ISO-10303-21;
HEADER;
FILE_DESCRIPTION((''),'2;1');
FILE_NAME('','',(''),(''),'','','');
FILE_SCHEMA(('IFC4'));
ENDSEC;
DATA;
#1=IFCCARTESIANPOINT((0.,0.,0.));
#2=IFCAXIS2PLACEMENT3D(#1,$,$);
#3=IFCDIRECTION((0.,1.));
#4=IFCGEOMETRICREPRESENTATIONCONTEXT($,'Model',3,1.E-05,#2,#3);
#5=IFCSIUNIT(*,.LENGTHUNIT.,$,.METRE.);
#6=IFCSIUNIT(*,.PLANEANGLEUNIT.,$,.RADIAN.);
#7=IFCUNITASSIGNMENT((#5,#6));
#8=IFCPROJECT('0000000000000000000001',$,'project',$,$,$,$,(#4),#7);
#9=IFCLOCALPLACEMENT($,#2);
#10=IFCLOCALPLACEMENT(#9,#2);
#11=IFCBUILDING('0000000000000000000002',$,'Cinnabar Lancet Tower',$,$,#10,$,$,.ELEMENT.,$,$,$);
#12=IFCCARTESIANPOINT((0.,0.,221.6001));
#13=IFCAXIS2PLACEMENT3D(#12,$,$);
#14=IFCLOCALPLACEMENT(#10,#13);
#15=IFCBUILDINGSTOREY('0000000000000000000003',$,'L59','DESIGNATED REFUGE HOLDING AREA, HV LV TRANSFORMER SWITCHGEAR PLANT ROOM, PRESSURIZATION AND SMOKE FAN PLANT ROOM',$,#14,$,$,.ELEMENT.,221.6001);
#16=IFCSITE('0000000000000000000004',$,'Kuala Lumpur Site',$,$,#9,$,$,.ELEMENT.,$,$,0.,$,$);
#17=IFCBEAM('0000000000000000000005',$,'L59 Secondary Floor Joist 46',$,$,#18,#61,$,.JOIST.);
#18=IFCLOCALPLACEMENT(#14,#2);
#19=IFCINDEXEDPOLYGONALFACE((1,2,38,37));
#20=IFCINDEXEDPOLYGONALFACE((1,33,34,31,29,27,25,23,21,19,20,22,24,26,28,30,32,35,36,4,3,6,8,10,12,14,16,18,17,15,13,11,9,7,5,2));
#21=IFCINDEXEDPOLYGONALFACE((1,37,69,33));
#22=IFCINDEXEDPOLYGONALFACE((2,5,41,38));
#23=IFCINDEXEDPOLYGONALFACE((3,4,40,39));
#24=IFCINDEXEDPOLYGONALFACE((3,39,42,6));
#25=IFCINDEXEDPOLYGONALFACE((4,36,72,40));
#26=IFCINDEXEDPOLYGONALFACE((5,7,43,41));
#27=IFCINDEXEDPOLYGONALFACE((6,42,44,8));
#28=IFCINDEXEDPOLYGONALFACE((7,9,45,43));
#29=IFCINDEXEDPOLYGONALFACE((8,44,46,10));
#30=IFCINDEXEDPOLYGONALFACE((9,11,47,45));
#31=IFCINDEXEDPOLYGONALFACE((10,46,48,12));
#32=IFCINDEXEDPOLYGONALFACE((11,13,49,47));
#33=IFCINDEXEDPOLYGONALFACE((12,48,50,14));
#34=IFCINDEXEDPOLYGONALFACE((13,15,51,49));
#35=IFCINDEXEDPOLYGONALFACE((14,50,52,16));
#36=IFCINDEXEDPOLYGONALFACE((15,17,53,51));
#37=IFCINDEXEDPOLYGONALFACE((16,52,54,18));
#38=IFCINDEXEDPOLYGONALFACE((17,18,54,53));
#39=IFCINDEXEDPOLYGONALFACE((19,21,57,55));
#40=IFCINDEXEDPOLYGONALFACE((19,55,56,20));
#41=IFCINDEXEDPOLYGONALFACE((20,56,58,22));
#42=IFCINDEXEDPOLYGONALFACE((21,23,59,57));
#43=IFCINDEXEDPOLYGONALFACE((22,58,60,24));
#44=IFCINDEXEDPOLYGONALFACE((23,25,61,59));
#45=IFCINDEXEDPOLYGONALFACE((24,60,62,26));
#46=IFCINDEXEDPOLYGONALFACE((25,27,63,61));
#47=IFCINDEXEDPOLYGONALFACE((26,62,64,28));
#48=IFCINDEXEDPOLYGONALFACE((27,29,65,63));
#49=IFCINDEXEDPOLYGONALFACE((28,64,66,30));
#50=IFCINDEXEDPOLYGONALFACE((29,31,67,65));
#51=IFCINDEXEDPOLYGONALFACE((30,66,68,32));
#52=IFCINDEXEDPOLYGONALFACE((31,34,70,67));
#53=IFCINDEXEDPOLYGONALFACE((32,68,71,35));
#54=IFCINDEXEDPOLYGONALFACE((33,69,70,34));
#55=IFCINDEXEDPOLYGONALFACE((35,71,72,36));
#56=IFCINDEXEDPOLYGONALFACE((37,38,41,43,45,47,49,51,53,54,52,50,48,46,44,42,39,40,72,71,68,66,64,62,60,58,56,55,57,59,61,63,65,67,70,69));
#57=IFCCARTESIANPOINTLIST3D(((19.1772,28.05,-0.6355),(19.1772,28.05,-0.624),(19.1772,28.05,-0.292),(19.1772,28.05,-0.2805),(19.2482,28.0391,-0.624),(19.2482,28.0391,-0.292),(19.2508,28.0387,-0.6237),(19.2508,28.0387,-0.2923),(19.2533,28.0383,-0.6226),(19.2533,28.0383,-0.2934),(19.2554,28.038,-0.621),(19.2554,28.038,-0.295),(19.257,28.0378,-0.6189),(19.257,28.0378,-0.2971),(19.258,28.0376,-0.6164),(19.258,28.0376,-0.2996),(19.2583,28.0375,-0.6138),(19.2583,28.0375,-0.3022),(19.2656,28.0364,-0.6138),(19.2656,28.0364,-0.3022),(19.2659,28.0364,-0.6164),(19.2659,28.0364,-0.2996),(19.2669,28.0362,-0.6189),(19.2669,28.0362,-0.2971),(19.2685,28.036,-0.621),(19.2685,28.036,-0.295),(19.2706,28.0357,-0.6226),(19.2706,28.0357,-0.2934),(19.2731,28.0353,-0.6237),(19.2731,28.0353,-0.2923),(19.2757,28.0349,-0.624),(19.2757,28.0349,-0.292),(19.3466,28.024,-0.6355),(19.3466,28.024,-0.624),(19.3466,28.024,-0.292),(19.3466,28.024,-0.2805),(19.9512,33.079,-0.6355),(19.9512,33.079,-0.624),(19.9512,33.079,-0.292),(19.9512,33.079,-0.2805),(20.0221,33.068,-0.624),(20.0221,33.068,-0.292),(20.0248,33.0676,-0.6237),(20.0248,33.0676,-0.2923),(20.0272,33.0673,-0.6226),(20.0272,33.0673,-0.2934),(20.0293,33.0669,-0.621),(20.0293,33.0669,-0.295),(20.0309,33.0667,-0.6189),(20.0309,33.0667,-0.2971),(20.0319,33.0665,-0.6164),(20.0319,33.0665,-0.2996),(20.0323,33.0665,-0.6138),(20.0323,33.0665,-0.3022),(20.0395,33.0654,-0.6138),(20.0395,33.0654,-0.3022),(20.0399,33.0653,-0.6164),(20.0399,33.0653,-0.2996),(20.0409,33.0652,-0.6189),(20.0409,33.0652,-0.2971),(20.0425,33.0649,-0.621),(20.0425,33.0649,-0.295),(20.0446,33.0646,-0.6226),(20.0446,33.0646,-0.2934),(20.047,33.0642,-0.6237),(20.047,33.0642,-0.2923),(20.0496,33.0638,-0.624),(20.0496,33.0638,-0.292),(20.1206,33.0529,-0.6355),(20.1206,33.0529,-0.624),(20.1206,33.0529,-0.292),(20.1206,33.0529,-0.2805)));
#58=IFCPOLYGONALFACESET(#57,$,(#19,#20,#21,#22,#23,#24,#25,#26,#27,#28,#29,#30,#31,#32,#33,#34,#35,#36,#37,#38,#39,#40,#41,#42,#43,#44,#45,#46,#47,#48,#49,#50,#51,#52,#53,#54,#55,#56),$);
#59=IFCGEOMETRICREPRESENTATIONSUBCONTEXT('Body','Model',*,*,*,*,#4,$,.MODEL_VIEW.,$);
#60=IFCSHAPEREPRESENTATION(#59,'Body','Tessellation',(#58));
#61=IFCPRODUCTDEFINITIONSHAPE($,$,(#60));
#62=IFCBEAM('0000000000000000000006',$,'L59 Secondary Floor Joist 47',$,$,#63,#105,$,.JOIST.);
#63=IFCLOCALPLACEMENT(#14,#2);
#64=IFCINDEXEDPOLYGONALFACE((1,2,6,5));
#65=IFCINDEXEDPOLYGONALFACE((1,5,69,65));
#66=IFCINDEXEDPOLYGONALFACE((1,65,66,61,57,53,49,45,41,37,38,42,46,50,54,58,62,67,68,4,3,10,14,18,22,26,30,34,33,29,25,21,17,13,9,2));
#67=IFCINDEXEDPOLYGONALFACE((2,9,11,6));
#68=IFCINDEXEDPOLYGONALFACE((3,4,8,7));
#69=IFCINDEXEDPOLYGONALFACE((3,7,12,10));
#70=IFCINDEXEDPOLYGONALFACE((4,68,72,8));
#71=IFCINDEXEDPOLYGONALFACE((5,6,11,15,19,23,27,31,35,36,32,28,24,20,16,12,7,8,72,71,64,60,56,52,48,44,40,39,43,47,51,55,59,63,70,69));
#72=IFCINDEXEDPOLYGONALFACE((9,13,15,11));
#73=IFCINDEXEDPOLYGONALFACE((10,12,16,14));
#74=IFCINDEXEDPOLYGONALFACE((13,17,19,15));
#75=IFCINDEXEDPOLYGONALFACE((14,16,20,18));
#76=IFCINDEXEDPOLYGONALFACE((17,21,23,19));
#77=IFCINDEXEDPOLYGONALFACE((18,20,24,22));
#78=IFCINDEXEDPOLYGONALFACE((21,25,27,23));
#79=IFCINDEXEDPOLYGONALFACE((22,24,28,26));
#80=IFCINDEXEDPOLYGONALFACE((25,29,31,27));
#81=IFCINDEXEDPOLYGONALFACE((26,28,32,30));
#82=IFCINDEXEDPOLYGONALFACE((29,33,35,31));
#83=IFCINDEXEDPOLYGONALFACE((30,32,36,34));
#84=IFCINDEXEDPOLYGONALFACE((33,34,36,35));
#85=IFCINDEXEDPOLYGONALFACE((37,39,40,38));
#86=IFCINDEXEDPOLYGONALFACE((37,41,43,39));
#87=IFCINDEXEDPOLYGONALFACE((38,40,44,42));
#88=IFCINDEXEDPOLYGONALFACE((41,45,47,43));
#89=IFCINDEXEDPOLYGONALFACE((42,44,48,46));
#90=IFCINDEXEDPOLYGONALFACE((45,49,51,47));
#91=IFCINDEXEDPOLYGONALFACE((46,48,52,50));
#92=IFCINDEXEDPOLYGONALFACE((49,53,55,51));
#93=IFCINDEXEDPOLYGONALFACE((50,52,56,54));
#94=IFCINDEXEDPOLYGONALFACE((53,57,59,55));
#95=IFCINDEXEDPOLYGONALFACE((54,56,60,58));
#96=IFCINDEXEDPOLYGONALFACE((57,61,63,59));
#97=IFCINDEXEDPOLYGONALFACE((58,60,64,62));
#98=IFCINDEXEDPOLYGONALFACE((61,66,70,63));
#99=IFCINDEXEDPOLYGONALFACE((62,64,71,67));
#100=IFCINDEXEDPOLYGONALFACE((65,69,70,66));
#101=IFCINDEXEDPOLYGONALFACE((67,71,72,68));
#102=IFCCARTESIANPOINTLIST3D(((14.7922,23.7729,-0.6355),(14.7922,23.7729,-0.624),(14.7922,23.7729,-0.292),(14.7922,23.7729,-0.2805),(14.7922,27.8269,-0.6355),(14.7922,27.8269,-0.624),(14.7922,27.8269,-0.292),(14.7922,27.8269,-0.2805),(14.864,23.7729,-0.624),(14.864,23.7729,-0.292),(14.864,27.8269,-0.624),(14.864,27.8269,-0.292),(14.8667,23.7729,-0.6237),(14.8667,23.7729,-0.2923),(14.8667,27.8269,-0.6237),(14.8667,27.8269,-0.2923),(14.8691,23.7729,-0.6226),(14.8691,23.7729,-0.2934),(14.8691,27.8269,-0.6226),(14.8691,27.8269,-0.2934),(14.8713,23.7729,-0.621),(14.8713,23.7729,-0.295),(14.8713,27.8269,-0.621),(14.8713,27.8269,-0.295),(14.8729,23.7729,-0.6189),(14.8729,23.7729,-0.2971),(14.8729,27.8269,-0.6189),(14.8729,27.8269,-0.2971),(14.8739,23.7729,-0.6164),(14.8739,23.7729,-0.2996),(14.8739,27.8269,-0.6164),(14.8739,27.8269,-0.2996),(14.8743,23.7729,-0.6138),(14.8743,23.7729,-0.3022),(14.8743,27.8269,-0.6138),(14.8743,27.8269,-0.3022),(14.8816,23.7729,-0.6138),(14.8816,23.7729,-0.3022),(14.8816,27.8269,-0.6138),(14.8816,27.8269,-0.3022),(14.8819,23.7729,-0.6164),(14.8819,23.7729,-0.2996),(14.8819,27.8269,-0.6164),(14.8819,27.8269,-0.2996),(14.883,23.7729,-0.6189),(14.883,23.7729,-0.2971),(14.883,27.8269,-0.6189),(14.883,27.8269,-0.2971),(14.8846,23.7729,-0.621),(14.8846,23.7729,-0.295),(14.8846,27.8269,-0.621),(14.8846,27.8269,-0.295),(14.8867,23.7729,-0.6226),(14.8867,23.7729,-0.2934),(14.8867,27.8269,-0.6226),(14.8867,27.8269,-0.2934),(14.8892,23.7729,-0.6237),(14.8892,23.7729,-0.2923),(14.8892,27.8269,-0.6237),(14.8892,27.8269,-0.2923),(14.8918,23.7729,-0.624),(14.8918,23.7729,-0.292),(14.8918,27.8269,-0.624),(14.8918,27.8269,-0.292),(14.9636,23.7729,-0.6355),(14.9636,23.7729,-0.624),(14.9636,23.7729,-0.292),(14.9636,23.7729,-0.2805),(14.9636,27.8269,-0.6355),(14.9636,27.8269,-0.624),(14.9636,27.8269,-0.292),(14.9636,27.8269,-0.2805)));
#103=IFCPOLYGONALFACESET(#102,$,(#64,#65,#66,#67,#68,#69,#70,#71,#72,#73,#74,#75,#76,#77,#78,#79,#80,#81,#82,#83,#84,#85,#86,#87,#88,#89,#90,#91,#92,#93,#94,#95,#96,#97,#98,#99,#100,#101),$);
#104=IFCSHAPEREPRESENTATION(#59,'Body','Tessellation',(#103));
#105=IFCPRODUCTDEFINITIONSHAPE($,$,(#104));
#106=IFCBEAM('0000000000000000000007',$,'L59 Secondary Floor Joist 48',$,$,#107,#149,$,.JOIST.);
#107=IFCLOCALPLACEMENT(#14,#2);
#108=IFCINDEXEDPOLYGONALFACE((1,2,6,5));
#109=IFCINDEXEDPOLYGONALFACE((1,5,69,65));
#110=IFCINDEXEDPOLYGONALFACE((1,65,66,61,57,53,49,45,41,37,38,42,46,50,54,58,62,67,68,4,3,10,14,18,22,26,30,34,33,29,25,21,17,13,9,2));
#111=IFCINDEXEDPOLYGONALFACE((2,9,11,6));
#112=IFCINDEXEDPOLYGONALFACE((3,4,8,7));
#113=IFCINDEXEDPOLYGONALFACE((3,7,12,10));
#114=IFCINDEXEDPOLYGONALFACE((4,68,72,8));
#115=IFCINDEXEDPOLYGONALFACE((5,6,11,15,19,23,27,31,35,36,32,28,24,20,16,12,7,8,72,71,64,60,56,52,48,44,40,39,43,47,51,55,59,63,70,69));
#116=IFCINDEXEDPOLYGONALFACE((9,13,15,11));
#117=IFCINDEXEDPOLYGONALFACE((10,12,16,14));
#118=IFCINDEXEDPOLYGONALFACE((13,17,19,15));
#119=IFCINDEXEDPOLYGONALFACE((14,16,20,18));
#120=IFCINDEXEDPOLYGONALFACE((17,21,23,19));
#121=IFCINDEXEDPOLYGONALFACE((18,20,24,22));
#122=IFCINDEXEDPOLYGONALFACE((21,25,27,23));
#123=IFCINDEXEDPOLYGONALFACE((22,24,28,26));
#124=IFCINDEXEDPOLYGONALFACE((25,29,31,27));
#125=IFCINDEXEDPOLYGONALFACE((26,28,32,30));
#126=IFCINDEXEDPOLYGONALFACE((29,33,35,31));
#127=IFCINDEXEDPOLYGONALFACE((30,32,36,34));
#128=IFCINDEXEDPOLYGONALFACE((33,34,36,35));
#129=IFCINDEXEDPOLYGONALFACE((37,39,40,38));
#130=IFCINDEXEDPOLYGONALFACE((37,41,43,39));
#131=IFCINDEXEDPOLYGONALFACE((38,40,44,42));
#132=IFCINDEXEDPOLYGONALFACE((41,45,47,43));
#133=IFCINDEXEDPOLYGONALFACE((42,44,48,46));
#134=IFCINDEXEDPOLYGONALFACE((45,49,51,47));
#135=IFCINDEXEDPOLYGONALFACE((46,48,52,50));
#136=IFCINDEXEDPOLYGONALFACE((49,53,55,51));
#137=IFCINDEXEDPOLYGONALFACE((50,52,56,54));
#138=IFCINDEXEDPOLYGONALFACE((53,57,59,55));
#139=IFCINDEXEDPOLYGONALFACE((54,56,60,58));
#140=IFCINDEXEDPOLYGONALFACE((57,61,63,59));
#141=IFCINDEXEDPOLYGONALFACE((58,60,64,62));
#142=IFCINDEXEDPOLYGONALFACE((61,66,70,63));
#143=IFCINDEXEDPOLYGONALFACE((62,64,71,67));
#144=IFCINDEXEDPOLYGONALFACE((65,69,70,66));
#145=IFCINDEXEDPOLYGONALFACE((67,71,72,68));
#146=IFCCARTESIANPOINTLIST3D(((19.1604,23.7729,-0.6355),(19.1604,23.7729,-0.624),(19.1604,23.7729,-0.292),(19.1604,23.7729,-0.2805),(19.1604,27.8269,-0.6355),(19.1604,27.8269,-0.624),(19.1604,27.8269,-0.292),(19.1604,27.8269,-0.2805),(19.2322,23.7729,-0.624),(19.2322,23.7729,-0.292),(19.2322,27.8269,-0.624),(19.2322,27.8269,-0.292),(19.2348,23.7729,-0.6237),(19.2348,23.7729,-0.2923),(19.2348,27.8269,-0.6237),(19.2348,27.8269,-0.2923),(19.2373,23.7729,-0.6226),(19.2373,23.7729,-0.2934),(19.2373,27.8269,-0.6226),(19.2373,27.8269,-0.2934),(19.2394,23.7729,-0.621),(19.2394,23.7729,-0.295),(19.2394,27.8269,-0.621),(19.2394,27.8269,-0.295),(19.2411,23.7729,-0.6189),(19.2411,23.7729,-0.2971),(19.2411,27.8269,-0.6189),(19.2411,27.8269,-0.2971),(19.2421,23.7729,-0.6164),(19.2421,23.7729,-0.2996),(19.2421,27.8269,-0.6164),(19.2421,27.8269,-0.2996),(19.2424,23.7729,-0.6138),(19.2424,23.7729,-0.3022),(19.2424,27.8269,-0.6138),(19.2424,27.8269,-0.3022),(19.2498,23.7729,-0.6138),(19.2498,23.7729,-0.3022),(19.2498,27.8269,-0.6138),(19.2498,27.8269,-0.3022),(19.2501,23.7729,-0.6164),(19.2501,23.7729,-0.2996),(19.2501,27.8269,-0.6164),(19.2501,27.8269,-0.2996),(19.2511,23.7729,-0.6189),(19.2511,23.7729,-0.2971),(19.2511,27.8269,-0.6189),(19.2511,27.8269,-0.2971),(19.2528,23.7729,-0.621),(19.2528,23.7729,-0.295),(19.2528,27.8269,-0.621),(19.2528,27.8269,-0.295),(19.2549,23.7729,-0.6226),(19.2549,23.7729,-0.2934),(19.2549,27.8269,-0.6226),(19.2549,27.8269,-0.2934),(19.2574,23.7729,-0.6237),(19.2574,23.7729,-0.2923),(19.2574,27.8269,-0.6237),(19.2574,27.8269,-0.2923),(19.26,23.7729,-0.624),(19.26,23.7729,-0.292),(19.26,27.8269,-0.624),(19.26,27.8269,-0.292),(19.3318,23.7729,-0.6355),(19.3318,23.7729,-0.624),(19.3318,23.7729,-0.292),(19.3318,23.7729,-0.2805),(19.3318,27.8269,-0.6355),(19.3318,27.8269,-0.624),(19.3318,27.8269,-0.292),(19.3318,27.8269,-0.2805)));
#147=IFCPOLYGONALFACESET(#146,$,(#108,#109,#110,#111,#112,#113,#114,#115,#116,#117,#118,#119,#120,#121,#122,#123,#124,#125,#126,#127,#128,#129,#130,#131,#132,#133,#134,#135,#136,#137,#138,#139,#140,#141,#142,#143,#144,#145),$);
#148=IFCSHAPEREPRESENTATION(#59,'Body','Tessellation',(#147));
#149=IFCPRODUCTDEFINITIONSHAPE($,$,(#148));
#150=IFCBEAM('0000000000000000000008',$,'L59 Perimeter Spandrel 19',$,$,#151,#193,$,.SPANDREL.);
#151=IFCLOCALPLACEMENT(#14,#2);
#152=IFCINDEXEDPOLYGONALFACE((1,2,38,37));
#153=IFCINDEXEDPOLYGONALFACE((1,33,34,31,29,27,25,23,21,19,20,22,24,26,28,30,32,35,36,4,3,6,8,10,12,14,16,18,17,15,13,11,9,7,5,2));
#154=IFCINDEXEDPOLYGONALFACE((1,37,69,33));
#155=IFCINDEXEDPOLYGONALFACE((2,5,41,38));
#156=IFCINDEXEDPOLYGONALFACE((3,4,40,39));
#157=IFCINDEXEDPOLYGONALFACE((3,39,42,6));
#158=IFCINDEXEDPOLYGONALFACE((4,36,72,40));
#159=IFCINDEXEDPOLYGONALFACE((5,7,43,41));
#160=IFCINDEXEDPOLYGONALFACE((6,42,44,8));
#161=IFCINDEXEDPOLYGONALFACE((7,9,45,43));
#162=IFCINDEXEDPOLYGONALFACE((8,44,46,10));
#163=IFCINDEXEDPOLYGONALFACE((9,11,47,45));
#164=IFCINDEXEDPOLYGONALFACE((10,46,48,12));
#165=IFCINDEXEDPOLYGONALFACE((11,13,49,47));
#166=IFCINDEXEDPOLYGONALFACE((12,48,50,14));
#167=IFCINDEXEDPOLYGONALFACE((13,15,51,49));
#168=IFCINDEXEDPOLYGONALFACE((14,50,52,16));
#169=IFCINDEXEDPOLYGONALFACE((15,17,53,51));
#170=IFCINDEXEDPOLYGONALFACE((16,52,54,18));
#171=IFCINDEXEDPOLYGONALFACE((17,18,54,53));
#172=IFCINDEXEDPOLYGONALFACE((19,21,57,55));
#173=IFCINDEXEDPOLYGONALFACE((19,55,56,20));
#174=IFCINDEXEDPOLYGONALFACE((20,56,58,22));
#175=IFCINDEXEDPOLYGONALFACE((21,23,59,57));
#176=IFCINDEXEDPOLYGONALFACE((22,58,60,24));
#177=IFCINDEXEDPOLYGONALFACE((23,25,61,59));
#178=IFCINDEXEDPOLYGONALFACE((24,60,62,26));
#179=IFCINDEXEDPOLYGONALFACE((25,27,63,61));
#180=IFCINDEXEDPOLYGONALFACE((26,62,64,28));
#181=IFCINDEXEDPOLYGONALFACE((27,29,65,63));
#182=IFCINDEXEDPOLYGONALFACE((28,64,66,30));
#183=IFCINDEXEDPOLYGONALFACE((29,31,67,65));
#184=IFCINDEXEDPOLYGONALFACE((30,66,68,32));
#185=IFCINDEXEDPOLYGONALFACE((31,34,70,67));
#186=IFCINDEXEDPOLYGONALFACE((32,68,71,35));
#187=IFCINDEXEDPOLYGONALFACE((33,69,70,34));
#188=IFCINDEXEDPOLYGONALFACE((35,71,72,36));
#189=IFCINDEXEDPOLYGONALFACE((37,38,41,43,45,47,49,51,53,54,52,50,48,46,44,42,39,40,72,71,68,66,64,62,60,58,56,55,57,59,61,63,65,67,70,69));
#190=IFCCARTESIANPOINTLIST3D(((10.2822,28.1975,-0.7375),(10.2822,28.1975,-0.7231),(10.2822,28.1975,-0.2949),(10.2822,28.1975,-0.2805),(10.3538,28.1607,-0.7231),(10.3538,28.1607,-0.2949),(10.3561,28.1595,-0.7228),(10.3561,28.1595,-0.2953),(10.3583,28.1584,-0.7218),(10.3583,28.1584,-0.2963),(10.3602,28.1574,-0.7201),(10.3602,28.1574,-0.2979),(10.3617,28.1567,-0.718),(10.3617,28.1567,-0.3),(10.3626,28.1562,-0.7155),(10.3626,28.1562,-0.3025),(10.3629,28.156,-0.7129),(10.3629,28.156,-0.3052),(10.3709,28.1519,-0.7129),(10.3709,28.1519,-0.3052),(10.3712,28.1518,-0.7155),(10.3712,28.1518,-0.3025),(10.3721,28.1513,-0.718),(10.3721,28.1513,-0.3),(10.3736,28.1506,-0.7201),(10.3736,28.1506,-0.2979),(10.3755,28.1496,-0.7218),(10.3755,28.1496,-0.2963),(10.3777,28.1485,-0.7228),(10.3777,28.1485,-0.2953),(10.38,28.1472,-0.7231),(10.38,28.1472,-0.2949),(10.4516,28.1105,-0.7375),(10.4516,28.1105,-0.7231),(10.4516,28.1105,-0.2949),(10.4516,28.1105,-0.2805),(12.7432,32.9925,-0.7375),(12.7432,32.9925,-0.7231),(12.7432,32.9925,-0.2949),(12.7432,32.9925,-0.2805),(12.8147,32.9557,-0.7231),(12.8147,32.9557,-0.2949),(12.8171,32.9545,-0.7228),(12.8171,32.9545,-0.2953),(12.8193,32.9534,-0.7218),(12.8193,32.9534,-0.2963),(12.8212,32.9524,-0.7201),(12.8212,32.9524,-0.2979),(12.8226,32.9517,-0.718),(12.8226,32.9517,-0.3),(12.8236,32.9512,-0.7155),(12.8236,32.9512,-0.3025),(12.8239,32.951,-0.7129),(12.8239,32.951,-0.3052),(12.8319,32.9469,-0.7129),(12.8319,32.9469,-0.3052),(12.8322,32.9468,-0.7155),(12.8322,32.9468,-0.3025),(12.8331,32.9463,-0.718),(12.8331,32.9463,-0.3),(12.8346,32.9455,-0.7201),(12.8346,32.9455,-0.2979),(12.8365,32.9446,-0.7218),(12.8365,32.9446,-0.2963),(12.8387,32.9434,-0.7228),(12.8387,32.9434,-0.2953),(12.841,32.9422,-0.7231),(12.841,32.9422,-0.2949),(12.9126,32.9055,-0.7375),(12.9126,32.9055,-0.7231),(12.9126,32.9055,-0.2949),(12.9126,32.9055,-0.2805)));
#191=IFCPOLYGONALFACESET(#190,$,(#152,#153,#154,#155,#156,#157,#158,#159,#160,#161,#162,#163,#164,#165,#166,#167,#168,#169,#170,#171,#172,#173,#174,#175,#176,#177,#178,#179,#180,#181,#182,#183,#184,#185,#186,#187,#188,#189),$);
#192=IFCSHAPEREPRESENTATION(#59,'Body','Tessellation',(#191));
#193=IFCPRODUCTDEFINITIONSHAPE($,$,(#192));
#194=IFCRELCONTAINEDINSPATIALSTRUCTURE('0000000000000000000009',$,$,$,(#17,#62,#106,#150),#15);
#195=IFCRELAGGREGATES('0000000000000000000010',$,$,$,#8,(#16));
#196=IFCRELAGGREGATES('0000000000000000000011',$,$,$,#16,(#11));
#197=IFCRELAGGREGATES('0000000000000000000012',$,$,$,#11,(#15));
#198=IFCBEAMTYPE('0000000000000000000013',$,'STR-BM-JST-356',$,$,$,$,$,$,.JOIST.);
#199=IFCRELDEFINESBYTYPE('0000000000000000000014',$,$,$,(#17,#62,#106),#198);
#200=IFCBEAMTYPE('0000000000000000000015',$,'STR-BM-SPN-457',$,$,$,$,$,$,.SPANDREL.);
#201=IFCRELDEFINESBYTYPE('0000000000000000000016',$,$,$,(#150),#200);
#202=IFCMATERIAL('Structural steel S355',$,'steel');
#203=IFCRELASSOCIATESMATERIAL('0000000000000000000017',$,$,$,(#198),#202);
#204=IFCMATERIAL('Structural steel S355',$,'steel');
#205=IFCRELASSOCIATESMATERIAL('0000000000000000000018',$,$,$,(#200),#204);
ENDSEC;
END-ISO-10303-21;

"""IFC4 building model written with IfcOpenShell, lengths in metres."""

from ifc_helpers import new_model, si_unit, direction, frame, origin, origin_2d, place, context, subcontext, project, spatial, i_section, extrude, material, material_profile, profile_set, type_object, element, save


model = new_model("IFC4")

# Units and contexts
model_context = context("Model", 3, precision=1e-05, world=origin(), true_north=direction((0.0, 1.0)))
body_context = subcontext(model_context, "Body", "Model", "MODEL_VIEW")
ifc_project = project(units=[si_unit("LENGTHUNIT", "METRE"), si_unit("PLANEANGLEUNIT", "RADIAN")], contexts=[model_context])

# Site, building, storey
site_placement = place(None, origin())
site = spatial("IfcSite", under=ifc_project, at=site_placement, Name="Kuala Lumpur Site", CompositionType="ELEMENT", RefElevation=0.0)
building_placement = place(site_placement, origin())
building = spatial("IfcBuilding", under=site, at=building_placement, Name="Cinnabar Lancet Tower", CompositionType="ELEMENT")
storey_placement = place(building_placement, frame((0.0, 0.0, 221.6001)))
storey = spatial("IfcBuildingStorey", under=building, at=storey_placement, Name="L59", Description="DESIGNATED REFUGE HOLDING AREA, HV LV TRANSFORMER SWITCHGEAR PLANT ROOM, PRESSURIZATION AND SMOKE FAN PLANT ROOM", CompositionType="ELEMENT", Elevation=221.6001)

# Beams
ifc_material_1 = material(Name="Structural steel S355", Category="steel")
ifc_material_profile_1 = material_profile(ifc_material_1, i_section(OverallWidth=0.1714, OverallDepth=0.355, WebThickness=0.0073, FlangeThickness=0.0115, FilletRadius=0.0103, at=origin_2d()), Name="UKB 356x171x51")
ifc_profile_set_1 = profile_set([ifc_material_profile_1], Name="Structural steel S355")
beam_type_1 = type_object("IfcBeamType", Name="STR-BM-JST-356", PredefinedType="JOIST", material=ifc_profile_set_1)
beam_1_placement = place(storey_placement, frame((20.0359, 33.0659, -0.458), z_axis=(-0.152108, -0.988364, 0.0), x_axis=(0.988364, -0.152108, 0.0)))
element("IfcBeam", 1, at=beam_1_placement, inside=storey, type_object=beam_type_1, Name="L59 Secondary Floor Joist 46", PredefinedType="JOIST", context=body_context, shape_type="SweptSolid", body=[
    extrude(i_section(OverallWidth=0.1714, OverallDepth=0.355, WebThickness=0.0073, FlangeThickness=0.0115, FilletRadius=0.0103, at=origin_2d()), origin(), (0.0, 0.0, 1.0), 5.0881),
])
for number, where, z_axis, x_axis, name in (
    (2, (14.8779, 27.8269, -0.458), (0.0, -1.0, 0.0), (1.0, 0.0, 0.0), "L59 Secondary Floor Joist 47"),
    (3, (19.2461, 27.8269, -0.458), (0.0, -1.0, 0.0), (1.0, 0.0, 0.0), "L59 Secondary Floor Joist 48"),
):
    element("IfcBeam", number, at=place(storey_placement, frame(where, z_axis=z_axis, x_axis=x_axis)), inside=storey, type_object=beam_type_1, Name=name, PredefinedType="JOIST", context=body_context, shape_type="SweptSolid", body=[
        extrude(i_section(OverallWidth=0.1714, OverallDepth=0.355, WebThickness=0.0073, FlangeThickness=0.0115, FilletRadius=0.0103, at=origin_2d()), origin(), (0.0, 0.0, 1.0), 4.054),
    ])
ifc_material_2 = material(Name="Structural steel S355", Category="steel")
ifc_material_profile_2 = material_profile(ifc_material_2, i_section(OverallWidth=0.1904, OverallDepth=0.457, WebThickness=0.009, FlangeThickness=0.0144, FilletRadius=0.0103, at=origin_2d()), Name="UKB 457x191x74")
ifc_profile_set_2 = profile_set([ifc_material_profile_2], Name="Structural steel S355")
beam_type_2 = type_object("IfcBeamType", Name="STR-BM-SPN-457", PredefinedType="SPANDREL", material=ifc_profile_set_2)
beam_2_placement = place(storey_placement, frame((12.8279, 32.949, -0.509), z_axis=(-0.456611, -0.889666, 0.0), x_axis=(0.889666, -0.456611, 0.0)))
element("IfcBeam", 4, at=beam_2_placement, inside=storey, type_object=beam_type_2, Name="L59 Perimeter Spandrel 19", PredefinedType="SPANDREL", context=body_context, shape_type="SweptSolid", body=[
    extrude(i_section(OverallWidth=0.1904, OverallDepth=0.457, WebThickness=0.009, FlangeThickness=0.0144, FilletRadius=0.0103, at=origin_2d()), origin(), (0.0, 0.0, 1.0), 5.3896),
])

save(model, "model.ifc")
